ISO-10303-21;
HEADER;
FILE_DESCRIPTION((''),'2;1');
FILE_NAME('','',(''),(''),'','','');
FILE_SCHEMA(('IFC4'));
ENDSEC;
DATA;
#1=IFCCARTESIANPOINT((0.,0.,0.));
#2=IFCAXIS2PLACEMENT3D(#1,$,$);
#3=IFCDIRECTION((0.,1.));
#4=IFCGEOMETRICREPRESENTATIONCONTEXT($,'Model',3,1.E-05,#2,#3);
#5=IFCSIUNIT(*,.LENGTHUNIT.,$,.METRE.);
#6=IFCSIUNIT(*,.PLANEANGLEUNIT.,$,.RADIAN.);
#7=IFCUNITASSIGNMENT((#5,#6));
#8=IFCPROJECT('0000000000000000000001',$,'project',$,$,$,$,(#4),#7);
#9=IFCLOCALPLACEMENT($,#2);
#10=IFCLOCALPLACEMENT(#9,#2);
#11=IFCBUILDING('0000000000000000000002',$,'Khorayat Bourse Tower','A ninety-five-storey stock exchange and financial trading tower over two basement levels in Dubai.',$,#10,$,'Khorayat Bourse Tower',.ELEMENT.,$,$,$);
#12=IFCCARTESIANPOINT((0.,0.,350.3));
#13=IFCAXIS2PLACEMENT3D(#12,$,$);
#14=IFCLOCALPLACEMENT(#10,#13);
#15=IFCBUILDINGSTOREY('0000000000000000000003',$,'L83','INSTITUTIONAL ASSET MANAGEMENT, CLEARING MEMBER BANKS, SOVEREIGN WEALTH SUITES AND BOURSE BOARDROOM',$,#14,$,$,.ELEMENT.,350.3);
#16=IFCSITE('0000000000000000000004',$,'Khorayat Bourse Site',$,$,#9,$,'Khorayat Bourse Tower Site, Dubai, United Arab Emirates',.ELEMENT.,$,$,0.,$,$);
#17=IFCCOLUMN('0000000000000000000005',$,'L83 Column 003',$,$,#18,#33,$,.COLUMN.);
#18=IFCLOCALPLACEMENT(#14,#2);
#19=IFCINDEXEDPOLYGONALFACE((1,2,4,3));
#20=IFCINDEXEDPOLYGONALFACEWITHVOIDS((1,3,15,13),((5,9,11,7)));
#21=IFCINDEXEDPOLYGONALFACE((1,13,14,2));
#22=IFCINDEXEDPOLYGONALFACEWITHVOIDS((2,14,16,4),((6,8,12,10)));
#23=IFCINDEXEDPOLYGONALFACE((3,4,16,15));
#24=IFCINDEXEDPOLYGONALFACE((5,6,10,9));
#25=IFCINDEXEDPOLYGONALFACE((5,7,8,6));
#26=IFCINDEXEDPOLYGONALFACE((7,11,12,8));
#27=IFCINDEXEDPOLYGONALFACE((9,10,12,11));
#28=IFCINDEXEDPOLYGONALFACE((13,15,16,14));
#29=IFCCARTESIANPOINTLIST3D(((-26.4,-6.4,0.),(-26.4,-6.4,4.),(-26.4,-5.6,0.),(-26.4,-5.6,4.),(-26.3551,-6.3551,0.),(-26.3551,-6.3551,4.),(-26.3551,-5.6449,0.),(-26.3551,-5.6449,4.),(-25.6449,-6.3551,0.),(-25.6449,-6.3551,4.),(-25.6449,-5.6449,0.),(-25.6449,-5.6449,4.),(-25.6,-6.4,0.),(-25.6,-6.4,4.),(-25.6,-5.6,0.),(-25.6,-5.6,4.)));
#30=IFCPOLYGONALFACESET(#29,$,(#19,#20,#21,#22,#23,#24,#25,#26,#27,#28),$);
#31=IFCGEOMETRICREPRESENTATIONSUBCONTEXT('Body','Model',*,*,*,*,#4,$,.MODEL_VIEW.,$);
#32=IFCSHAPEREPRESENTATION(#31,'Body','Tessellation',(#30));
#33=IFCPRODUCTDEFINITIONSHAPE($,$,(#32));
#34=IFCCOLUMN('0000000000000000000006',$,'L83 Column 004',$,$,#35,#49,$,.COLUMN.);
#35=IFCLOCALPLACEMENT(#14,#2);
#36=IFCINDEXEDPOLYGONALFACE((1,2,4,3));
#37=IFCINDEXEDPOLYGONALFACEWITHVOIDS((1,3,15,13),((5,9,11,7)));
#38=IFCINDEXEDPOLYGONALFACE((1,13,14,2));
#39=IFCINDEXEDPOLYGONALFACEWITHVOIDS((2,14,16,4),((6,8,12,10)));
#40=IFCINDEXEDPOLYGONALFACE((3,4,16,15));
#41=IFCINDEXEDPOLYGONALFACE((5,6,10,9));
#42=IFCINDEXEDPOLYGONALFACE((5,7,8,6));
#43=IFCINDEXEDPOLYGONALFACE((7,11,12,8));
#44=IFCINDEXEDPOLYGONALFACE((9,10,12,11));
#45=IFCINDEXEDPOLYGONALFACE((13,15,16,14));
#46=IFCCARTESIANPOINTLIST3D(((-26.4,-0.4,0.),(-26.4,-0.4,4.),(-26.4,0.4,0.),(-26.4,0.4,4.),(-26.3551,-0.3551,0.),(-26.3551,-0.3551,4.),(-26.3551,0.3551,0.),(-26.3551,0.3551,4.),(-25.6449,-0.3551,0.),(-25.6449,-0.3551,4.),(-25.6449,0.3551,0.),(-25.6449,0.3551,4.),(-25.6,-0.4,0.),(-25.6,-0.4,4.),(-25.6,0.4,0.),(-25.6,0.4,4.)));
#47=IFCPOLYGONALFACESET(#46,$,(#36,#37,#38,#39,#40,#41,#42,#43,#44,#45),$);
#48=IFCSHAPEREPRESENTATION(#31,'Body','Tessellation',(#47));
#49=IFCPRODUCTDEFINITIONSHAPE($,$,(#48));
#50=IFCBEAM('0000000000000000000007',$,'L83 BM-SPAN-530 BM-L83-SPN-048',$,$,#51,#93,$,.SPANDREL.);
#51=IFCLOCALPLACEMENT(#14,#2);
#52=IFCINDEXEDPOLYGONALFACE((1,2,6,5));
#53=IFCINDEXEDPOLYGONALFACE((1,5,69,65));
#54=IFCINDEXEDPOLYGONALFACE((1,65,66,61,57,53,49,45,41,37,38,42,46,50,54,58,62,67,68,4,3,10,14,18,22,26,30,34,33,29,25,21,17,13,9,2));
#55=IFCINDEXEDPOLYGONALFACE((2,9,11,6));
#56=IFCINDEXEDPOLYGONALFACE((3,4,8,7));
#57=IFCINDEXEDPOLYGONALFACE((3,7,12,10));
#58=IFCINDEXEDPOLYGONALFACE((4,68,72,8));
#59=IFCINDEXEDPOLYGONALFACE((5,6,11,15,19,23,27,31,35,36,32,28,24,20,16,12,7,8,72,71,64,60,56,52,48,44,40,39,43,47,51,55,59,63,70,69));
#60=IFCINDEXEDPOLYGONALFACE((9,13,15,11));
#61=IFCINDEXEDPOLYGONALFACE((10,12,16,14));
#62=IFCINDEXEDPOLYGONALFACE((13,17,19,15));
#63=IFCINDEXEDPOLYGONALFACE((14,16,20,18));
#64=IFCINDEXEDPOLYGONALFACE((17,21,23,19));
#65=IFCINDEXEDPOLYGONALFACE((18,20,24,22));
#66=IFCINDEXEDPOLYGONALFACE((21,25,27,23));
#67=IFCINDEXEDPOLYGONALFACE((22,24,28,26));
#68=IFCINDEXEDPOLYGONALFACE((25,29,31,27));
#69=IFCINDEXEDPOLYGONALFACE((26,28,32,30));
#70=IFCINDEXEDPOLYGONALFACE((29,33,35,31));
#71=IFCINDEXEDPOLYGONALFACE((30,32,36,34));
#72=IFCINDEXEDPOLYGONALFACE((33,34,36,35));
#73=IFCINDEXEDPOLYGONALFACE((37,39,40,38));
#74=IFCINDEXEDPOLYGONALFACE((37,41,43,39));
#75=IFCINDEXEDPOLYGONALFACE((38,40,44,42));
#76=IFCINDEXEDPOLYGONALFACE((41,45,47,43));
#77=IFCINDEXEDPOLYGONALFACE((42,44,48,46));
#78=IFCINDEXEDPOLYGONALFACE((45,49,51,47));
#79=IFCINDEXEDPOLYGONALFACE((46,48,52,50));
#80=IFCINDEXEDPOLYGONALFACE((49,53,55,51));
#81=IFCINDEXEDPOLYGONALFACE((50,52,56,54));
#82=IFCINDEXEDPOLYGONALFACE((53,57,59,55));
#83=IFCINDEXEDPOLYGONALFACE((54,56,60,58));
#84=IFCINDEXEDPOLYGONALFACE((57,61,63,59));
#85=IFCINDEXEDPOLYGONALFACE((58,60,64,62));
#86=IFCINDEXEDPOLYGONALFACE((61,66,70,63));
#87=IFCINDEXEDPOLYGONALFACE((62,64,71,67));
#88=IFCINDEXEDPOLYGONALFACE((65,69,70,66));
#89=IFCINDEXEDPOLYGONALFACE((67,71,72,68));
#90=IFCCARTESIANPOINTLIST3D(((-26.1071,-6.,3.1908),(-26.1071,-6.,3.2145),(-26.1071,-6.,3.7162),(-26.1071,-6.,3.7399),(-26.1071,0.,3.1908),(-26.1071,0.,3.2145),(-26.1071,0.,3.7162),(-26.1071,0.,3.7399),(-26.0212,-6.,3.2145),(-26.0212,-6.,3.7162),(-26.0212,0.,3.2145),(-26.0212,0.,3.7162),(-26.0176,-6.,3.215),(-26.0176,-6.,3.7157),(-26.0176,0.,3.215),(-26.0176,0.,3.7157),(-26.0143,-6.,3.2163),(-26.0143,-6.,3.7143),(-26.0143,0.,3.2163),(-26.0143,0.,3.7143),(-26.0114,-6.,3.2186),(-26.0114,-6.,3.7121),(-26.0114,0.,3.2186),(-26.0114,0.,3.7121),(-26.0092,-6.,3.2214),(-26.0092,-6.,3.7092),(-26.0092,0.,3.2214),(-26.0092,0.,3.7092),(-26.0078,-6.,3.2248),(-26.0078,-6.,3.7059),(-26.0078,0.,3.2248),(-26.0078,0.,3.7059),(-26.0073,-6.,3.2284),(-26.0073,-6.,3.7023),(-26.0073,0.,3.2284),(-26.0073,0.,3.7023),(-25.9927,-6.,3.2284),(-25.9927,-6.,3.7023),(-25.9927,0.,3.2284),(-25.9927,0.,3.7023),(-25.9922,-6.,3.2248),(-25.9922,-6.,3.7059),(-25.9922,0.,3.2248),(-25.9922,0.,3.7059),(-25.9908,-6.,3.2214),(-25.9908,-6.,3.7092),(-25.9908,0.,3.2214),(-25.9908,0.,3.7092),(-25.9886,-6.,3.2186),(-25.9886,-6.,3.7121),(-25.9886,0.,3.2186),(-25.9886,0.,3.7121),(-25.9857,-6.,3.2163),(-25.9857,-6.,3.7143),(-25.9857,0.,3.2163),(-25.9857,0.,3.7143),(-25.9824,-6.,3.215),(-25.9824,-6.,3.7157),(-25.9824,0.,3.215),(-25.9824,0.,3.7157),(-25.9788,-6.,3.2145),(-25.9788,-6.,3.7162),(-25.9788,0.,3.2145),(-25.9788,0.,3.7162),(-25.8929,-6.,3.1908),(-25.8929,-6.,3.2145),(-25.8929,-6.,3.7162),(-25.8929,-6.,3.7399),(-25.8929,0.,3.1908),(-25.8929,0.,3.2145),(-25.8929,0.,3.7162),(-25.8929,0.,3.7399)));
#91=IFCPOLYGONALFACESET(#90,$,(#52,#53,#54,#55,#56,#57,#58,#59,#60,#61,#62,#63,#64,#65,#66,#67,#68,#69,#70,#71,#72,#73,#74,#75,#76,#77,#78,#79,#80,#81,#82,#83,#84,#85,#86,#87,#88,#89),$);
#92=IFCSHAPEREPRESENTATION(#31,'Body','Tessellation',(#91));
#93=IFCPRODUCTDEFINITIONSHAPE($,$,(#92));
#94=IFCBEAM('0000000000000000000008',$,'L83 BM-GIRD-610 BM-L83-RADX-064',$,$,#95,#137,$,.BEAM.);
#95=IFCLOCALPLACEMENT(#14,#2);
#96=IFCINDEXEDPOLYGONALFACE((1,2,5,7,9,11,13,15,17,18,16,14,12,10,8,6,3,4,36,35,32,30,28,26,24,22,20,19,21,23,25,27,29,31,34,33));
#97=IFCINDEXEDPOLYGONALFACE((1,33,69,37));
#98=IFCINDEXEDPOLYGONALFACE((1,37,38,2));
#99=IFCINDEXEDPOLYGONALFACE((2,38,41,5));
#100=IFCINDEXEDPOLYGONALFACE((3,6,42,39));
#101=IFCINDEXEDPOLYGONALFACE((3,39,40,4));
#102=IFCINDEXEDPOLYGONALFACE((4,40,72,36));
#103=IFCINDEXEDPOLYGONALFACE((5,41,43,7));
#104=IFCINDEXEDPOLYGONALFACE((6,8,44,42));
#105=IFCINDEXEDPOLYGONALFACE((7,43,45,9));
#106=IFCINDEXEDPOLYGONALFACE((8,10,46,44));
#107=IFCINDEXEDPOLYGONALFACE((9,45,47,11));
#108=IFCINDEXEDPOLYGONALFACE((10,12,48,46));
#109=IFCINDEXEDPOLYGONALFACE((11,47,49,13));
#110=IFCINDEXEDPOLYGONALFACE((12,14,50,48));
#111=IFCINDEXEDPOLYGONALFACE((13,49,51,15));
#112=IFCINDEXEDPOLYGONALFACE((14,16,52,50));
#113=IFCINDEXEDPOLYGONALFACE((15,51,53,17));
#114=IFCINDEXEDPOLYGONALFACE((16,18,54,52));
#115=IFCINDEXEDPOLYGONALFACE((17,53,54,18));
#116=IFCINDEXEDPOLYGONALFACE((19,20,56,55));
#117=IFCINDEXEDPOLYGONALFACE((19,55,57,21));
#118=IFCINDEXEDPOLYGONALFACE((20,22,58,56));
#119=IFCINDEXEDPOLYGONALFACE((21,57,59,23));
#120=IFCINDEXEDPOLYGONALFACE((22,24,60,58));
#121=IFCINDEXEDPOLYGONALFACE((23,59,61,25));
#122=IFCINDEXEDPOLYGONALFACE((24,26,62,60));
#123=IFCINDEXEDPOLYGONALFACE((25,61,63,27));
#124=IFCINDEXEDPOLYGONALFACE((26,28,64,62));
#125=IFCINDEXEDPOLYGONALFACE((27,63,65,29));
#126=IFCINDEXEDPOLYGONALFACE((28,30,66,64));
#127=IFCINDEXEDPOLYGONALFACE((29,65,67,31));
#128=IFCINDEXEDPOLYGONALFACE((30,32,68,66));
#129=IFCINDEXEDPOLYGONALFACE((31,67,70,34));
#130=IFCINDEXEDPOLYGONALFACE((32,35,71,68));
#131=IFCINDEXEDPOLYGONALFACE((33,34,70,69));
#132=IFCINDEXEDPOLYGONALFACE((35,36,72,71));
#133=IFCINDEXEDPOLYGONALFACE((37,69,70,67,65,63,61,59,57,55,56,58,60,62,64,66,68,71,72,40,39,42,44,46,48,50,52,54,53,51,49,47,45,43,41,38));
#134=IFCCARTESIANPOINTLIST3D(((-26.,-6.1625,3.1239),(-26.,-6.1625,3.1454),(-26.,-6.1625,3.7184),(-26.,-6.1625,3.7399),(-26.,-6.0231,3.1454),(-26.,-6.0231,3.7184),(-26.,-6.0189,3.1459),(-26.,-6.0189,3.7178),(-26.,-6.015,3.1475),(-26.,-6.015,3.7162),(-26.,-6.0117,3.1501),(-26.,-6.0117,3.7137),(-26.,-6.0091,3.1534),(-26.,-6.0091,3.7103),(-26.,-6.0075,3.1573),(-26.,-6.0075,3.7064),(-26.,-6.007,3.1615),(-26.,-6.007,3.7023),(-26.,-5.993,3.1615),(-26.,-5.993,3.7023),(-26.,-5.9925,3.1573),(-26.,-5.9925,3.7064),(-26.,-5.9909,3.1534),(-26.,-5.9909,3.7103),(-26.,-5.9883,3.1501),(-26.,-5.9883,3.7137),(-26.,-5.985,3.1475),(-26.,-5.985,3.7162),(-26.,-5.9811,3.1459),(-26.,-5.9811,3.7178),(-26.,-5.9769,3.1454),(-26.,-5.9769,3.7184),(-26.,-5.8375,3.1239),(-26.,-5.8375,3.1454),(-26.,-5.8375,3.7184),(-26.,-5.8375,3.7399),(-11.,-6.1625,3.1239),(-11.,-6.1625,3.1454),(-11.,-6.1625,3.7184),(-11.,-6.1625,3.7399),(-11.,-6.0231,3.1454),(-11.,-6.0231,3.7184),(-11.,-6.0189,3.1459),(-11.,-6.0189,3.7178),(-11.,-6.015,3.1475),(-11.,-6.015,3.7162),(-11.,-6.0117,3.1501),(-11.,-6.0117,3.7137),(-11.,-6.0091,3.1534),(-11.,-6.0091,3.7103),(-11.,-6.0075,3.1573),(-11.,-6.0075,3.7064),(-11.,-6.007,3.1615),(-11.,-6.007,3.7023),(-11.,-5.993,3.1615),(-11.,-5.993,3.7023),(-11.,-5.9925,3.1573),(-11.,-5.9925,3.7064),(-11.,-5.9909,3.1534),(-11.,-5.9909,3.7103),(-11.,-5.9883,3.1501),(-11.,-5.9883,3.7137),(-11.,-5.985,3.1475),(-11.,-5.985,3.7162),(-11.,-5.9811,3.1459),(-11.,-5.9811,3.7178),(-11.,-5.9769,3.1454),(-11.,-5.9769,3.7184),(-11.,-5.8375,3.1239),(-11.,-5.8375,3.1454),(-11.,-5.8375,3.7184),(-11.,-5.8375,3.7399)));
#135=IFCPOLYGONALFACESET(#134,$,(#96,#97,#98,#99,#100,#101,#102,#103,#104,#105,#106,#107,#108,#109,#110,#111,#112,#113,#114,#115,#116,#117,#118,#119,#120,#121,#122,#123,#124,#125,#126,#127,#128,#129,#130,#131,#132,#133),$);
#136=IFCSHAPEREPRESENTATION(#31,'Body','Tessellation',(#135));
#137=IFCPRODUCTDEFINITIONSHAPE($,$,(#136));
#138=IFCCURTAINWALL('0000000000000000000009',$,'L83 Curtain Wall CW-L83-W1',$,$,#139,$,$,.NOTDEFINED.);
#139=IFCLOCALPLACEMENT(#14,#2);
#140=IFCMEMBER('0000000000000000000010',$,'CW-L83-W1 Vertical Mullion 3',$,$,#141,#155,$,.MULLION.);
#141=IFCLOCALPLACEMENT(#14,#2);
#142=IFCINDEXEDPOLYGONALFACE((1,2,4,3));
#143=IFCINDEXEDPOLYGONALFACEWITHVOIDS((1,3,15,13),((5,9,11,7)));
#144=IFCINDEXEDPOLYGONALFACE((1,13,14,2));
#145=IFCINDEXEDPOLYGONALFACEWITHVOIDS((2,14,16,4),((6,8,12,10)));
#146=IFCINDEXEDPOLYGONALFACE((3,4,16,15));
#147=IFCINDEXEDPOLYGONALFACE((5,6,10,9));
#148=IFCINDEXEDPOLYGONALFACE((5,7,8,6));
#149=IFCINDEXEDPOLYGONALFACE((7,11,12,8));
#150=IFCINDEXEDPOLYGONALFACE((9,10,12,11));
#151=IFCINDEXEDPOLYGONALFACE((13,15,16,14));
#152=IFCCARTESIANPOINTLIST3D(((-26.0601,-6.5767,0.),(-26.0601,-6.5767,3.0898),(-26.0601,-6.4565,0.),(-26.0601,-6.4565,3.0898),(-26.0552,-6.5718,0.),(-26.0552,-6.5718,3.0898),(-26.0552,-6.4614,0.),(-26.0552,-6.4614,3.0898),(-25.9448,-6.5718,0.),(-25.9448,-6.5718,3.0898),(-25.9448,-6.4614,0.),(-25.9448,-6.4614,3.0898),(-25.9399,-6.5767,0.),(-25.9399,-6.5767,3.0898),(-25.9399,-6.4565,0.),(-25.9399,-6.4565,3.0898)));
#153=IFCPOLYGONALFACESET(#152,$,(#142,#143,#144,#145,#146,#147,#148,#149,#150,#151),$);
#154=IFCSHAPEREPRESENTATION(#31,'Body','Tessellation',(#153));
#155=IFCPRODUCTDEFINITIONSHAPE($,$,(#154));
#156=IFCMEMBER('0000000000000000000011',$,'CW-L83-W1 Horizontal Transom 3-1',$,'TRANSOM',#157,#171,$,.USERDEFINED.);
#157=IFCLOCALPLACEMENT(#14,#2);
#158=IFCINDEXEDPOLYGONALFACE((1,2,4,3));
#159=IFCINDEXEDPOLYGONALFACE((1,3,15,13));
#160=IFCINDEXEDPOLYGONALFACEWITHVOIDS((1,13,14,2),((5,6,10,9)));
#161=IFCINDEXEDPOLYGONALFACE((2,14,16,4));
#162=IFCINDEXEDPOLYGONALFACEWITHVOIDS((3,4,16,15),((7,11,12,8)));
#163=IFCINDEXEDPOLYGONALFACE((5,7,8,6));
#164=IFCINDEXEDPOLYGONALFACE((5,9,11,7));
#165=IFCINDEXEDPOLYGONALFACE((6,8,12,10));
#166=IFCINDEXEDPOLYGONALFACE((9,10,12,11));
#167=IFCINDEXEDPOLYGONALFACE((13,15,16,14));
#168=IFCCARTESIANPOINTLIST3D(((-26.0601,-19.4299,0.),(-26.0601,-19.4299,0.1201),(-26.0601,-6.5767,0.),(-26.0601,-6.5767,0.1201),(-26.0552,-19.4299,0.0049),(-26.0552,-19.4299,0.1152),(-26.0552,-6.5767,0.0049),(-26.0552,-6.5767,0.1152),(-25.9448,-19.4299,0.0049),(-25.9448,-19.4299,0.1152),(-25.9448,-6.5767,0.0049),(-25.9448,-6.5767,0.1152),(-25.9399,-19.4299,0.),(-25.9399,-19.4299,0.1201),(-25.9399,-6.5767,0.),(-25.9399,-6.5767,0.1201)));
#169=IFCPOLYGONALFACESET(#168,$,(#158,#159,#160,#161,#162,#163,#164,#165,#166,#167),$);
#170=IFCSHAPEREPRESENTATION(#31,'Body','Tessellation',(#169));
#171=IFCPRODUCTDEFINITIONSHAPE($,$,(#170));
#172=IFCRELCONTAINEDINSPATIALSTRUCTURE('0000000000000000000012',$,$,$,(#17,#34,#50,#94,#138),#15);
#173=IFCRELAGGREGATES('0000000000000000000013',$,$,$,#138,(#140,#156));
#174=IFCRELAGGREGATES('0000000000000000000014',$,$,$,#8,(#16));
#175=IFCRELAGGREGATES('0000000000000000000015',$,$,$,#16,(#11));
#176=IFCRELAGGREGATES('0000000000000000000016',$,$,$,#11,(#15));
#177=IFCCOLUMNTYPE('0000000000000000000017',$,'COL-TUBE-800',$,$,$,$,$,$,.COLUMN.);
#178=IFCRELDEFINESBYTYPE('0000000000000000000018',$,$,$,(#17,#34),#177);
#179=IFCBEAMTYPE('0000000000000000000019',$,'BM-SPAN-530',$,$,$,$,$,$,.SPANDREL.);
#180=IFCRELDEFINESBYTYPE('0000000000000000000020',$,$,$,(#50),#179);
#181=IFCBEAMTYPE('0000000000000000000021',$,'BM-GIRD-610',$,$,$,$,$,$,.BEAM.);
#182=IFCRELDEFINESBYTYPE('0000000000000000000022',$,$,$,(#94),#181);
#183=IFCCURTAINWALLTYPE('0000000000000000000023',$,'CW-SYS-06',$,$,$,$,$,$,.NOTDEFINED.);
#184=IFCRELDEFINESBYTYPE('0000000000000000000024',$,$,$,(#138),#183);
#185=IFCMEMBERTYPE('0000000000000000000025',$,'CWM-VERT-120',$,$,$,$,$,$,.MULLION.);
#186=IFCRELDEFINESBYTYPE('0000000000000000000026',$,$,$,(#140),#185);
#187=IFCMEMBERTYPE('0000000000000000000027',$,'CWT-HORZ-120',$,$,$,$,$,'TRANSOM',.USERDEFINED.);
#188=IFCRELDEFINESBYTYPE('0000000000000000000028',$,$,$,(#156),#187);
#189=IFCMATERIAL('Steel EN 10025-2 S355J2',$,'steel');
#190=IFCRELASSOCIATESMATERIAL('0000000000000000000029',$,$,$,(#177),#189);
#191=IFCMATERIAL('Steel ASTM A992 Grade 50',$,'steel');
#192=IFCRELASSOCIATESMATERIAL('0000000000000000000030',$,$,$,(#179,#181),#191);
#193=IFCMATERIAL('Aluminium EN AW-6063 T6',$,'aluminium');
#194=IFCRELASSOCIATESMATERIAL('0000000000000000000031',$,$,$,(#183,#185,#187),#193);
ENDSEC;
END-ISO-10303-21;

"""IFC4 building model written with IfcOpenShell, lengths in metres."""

from ifc_helpers import new_model, si_unit, direction, frame, origin, origin_2d, place, context, subcontext, project, spatial, hollow_rectangle, i_section, extrude, source, transform, mapped, material, material_profile, profile_set, type_object, element, aggregate, save


model = new_model("IFC4")

# Units and contexts
model_context = context("Model", 3, precision=1e-05, world=origin(), true_north=direction((0.0, 1.0)))
body_context = subcontext(model_context, "Body", "Model", "MODEL_VIEW")
ifc_project = project(units=[si_unit("LENGTHUNIT", "METRE"), si_unit("PLANEANGLEUNIT", "RADIAN")], contexts=[model_context])

# Site, building, storey
site_placement = place(None, origin())
site = spatial("IfcSite", under=ifc_project, at=site_placement, Name="Khorayat Bourse Site", LongName="Khorayat Bourse Tower Site, Dubai, United Arab Emirates", CompositionType="ELEMENT", RefElevation=0.0)
building_placement = place(site_placement, origin())
building = spatial("IfcBuilding", under=site, at=building_placement, Name="Khorayat Bourse Tower", Description="A ninety-five-storey stock exchange and financial trading tower over two basement levels in Dubai.", LongName="Khorayat Bourse Tower", CompositionType="ELEMENT")
storey_placement = place(building_placement, frame((0.0, 0.0, 350.3)))
storey = spatial("IfcBuildingStorey", under=building, at=storey_placement, Name="L83", Description="INSTITUTIONAL ASSET MANAGEMENT, CLEARING MEMBER BANKS, SOVEREIGN WEALTH SUITES AND BOURSE BOARDROOM", CompositionType="ELEMENT", Elevation=350.3)

# Columns
ifc_material_1 = material(Name="Steel EN 10025-2 S355J2", Category="steel")
ifc_material_profile_1 = material_profile(ifc_material_1, hollow_rectangle(XDim=0.8, YDim=0.8, WallThickness=0.0449, at=origin_2d()), Name="BOX 800x800x45")
ifc_profile_set_1 = profile_set([ifc_material_profile_1], Name="Steel EN 10025-2 S355J2")
column_type = type_object("IfcColumnType", Name="COL-TUBE-800", PredefinedType="COLUMN", material=ifc_profile_set_1)
shared_shape_1 = source(origin(), body_context, "Body", "SweptSolid", [
    extrude(hollow_rectangle(XDim=0.8, YDim=0.8, WallThickness=0.0449, at=origin_2d()), origin(), (0.0, 0.0, 1.0), 4.0),
])
for number, where, z_axis, x_axis, name in (
    (1, (-26.0, -6.0, 0.0), (0.0, 0.0, 1.0), (1.0, 0.0, 0.0), "L83 Column 003"),
    (2, (-26.0, 0.0, 0.0), (0.0, 0.0, 1.0), (1.0, 0.0, 0.0), "L83 Column 004"),
):
    element("IfcColumn", number, at=place(storey_placement, frame(where, z_axis=z_axis, x_axis=x_axis)), inside=storey, type_object=column_type, Name=name, PredefinedType="COLUMN", context=body_context, shape_type="MappedRepresentation", body=[
        mapped(shared_shape_1, transform((0.0, 0.0, 0.0), scale=1.0)),
    ])

# Beams
ifc_material_2 = material(Name="Steel ASTM A992 Grade 50", Category="steel")
ifc_material_profile_2 = material_profile(ifc_material_2, i_section(OverallWidth=0.2141, OverallDepth=0.5491, WebThickness=0.0146, FlangeThickness=0.0237, FilletRadius=0.0139, at=origin_2d()), Name="W530X138")
ifc_profile_set_2 = profile_set([ifc_material_profile_2], Name="Steel ASTM A992 Grade 50")
beam_type_1 = type_object("IfcBeamType", Name="BM-SPAN-530", PredefinedType="SPANDREL", material=ifc_profile_set_2)
shared_shape_2 = source(origin(), body_context, "Body", "SweptSolid", [
    extrude(i_section(OverallWidth=0.2141, OverallDepth=0.5491, WebThickness=0.0146, FlangeThickness=0.0237, FilletRadius=0.0139, at=origin_2d()), origin(), (0.0, 0.0, 1.0), 6.0),
])
beam_1_placement = place(storey_placement, frame((-26.0, -6.0, 3.4653), z_axis=(0.0, 1.0, 0.0), x_axis=(-1.0, 0.0, 0.0)))
element("IfcBeam", 3, at=beam_1_placement, inside=storey, type_object=beam_type_1, Name="L83 BM-SPAN-530 BM-L83-SPN-048", PredefinedType="SPANDREL", context=body_context, shape_type="MappedRepresentation", body=[
    mapped(shared_shape_2, transform((0.0, 0.0, 0.0), scale=1.0)),
])
ifc_material_profile_3 = material_profile(ifc_material_2, i_section(OverallWidth=0.325, OverallDepth=0.616, WebThickness=0.0139, FlangeThickness=0.0215, FilletRadius=0.0161, at=origin_2d()), Name="W610X174")
ifc_profile_set_3 = profile_set([ifc_material_profile_3], Name="Steel ASTM A992 Grade 50")
beam_type_2 = type_object("IfcBeamType", Name="BM-GIRD-610", PredefinedType="BEAM", material=ifc_profile_set_3)
shared_shape_3 = source(origin(), body_context, "Body", "SweptSolid", [
    extrude(i_section(OverallWidth=0.325, OverallDepth=0.616, WebThickness=0.0139, FlangeThickness=0.0215, FilletRadius=0.0161, at=origin_2d()), origin(), (0.0, 0.0, 1.0), 15.0),
])
beam_2_placement = place(storey_placement, frame((-26.0, -6.0, 3.4319), z_axis=(1.0, 0.0, 0.0), x_axis=(0.0, 1.0, 0.0)))
element("IfcBeam", 4, at=beam_2_placement, inside=storey, type_object=beam_type_2, Name="L83 BM-GIRD-610 BM-L83-RADX-064", PredefinedType="BEAM", context=body_context, shape_type="MappedRepresentation", body=[
    mapped(shared_shape_3, transform((0.0, 0.0, 0.0), scale=1.0)),
])

# Curtain wall, members
ifc_material_3 = material(Name="Aluminium EN AW-6063 T6", Category="aluminium")
curtain_wall_type = type_object("IfcCurtainWallType", Name="CW-SYS-06", PredefinedType="NOTDEFINED", material=ifc_material_3)
curtain_wall_placement = place(storey_placement, origin())
curtain_wall = element("IfcCurtainWall", 5, at=curtain_wall_placement, inside=storey, type_object=curtain_wall_type, Name="L83 Curtain Wall CW-L83-W1", PredefinedType="NOTDEFINED")
ifc_material_profile_4 = material_profile(ifc_material_3, hollow_rectangle(XDim=0.1201, YDim=0.1201, WallThickness=0.0049, at=origin_2d()), Name="ALU 120x120x5")
ifc_profile_set_4 = profile_set([ifc_material_profile_4], Name="Aluminium EN AW-6063 T6")
member_type_1 = type_object("IfcMemberType", Name="CWM-VERT-120", PredefinedType="MULLION", material=ifc_profile_set_4)
shared_shape_4 = source(origin(), body_context, "Body", "SweptSolid", [
    extrude(hollow_rectangle(XDim=0.1201, YDim=0.1201, WallThickness=0.0049, at=origin_2d()), origin(), (0.0, 0.0, 1.0), 3.0898),
])
member_1_placement = place(storey_placement, frame((-26.0, -6.5166, 0.0), z_axis=(0.0, 0.0, 1.0), x_axis=(1.0, 0.0, 0.0)))
member_1 = element("IfcMember", 6, at=member_1_placement, type_object=member_type_1, Name="CW-L83-W1 Vertical Mullion 3", PredefinedType="MULLION", context=body_context, shape_type="MappedRepresentation", body=[
    mapped(shared_shape_4, transform((0.0, 0.0, 0.0), scale=1.0)),
])
ifc_material_profile_5 = material_profile(ifc_material_3, hollow_rectangle(XDim=0.1201, YDim=0.1201, WallThickness=0.0049, at=origin_2d()), Name="ALU 120x120x5")
ifc_profile_set_5 = profile_set([ifc_material_profile_5], Name="Aluminium EN AW-6063 T6")
member_type_2 = type_object("IfcMemberType", Name="CWT-HORZ-120", ElementType="TRANSOM", PredefinedType="USERDEFINED", material=ifc_profile_set_5)
shared_shape_5 = source(origin(), body_context, "Body", "SweptSolid", [
    extrude(hollow_rectangle(XDim=0.1201, YDim=0.1201, WallThickness=0.0049, at=origin_2d()), origin(), (0.0, 0.0, 1.0), 12.8533),
])
member_2_placement = place(storey_placement, frame((-26.0, -6.5767, 0.0601), z_axis=(0.0, -1.0, 0.0), x_axis=(1.0, 0.0, 0.0)))
member_2 = element("IfcMember", 7, at=member_2_placement, type_object=member_type_2, Name="CW-L83-W1 Horizontal Transom 3-1", ObjectType="TRANSOM", PredefinedType="USERDEFINED", context=body_context, shape_type="MappedRepresentation", body=[
    mapped(shared_shape_5, transform((0.0, 0.0, 0.0), scale=1.0)),
])
aggregate(curtain_wall, [member_1, member_2])

save(model, "model.ifc")
